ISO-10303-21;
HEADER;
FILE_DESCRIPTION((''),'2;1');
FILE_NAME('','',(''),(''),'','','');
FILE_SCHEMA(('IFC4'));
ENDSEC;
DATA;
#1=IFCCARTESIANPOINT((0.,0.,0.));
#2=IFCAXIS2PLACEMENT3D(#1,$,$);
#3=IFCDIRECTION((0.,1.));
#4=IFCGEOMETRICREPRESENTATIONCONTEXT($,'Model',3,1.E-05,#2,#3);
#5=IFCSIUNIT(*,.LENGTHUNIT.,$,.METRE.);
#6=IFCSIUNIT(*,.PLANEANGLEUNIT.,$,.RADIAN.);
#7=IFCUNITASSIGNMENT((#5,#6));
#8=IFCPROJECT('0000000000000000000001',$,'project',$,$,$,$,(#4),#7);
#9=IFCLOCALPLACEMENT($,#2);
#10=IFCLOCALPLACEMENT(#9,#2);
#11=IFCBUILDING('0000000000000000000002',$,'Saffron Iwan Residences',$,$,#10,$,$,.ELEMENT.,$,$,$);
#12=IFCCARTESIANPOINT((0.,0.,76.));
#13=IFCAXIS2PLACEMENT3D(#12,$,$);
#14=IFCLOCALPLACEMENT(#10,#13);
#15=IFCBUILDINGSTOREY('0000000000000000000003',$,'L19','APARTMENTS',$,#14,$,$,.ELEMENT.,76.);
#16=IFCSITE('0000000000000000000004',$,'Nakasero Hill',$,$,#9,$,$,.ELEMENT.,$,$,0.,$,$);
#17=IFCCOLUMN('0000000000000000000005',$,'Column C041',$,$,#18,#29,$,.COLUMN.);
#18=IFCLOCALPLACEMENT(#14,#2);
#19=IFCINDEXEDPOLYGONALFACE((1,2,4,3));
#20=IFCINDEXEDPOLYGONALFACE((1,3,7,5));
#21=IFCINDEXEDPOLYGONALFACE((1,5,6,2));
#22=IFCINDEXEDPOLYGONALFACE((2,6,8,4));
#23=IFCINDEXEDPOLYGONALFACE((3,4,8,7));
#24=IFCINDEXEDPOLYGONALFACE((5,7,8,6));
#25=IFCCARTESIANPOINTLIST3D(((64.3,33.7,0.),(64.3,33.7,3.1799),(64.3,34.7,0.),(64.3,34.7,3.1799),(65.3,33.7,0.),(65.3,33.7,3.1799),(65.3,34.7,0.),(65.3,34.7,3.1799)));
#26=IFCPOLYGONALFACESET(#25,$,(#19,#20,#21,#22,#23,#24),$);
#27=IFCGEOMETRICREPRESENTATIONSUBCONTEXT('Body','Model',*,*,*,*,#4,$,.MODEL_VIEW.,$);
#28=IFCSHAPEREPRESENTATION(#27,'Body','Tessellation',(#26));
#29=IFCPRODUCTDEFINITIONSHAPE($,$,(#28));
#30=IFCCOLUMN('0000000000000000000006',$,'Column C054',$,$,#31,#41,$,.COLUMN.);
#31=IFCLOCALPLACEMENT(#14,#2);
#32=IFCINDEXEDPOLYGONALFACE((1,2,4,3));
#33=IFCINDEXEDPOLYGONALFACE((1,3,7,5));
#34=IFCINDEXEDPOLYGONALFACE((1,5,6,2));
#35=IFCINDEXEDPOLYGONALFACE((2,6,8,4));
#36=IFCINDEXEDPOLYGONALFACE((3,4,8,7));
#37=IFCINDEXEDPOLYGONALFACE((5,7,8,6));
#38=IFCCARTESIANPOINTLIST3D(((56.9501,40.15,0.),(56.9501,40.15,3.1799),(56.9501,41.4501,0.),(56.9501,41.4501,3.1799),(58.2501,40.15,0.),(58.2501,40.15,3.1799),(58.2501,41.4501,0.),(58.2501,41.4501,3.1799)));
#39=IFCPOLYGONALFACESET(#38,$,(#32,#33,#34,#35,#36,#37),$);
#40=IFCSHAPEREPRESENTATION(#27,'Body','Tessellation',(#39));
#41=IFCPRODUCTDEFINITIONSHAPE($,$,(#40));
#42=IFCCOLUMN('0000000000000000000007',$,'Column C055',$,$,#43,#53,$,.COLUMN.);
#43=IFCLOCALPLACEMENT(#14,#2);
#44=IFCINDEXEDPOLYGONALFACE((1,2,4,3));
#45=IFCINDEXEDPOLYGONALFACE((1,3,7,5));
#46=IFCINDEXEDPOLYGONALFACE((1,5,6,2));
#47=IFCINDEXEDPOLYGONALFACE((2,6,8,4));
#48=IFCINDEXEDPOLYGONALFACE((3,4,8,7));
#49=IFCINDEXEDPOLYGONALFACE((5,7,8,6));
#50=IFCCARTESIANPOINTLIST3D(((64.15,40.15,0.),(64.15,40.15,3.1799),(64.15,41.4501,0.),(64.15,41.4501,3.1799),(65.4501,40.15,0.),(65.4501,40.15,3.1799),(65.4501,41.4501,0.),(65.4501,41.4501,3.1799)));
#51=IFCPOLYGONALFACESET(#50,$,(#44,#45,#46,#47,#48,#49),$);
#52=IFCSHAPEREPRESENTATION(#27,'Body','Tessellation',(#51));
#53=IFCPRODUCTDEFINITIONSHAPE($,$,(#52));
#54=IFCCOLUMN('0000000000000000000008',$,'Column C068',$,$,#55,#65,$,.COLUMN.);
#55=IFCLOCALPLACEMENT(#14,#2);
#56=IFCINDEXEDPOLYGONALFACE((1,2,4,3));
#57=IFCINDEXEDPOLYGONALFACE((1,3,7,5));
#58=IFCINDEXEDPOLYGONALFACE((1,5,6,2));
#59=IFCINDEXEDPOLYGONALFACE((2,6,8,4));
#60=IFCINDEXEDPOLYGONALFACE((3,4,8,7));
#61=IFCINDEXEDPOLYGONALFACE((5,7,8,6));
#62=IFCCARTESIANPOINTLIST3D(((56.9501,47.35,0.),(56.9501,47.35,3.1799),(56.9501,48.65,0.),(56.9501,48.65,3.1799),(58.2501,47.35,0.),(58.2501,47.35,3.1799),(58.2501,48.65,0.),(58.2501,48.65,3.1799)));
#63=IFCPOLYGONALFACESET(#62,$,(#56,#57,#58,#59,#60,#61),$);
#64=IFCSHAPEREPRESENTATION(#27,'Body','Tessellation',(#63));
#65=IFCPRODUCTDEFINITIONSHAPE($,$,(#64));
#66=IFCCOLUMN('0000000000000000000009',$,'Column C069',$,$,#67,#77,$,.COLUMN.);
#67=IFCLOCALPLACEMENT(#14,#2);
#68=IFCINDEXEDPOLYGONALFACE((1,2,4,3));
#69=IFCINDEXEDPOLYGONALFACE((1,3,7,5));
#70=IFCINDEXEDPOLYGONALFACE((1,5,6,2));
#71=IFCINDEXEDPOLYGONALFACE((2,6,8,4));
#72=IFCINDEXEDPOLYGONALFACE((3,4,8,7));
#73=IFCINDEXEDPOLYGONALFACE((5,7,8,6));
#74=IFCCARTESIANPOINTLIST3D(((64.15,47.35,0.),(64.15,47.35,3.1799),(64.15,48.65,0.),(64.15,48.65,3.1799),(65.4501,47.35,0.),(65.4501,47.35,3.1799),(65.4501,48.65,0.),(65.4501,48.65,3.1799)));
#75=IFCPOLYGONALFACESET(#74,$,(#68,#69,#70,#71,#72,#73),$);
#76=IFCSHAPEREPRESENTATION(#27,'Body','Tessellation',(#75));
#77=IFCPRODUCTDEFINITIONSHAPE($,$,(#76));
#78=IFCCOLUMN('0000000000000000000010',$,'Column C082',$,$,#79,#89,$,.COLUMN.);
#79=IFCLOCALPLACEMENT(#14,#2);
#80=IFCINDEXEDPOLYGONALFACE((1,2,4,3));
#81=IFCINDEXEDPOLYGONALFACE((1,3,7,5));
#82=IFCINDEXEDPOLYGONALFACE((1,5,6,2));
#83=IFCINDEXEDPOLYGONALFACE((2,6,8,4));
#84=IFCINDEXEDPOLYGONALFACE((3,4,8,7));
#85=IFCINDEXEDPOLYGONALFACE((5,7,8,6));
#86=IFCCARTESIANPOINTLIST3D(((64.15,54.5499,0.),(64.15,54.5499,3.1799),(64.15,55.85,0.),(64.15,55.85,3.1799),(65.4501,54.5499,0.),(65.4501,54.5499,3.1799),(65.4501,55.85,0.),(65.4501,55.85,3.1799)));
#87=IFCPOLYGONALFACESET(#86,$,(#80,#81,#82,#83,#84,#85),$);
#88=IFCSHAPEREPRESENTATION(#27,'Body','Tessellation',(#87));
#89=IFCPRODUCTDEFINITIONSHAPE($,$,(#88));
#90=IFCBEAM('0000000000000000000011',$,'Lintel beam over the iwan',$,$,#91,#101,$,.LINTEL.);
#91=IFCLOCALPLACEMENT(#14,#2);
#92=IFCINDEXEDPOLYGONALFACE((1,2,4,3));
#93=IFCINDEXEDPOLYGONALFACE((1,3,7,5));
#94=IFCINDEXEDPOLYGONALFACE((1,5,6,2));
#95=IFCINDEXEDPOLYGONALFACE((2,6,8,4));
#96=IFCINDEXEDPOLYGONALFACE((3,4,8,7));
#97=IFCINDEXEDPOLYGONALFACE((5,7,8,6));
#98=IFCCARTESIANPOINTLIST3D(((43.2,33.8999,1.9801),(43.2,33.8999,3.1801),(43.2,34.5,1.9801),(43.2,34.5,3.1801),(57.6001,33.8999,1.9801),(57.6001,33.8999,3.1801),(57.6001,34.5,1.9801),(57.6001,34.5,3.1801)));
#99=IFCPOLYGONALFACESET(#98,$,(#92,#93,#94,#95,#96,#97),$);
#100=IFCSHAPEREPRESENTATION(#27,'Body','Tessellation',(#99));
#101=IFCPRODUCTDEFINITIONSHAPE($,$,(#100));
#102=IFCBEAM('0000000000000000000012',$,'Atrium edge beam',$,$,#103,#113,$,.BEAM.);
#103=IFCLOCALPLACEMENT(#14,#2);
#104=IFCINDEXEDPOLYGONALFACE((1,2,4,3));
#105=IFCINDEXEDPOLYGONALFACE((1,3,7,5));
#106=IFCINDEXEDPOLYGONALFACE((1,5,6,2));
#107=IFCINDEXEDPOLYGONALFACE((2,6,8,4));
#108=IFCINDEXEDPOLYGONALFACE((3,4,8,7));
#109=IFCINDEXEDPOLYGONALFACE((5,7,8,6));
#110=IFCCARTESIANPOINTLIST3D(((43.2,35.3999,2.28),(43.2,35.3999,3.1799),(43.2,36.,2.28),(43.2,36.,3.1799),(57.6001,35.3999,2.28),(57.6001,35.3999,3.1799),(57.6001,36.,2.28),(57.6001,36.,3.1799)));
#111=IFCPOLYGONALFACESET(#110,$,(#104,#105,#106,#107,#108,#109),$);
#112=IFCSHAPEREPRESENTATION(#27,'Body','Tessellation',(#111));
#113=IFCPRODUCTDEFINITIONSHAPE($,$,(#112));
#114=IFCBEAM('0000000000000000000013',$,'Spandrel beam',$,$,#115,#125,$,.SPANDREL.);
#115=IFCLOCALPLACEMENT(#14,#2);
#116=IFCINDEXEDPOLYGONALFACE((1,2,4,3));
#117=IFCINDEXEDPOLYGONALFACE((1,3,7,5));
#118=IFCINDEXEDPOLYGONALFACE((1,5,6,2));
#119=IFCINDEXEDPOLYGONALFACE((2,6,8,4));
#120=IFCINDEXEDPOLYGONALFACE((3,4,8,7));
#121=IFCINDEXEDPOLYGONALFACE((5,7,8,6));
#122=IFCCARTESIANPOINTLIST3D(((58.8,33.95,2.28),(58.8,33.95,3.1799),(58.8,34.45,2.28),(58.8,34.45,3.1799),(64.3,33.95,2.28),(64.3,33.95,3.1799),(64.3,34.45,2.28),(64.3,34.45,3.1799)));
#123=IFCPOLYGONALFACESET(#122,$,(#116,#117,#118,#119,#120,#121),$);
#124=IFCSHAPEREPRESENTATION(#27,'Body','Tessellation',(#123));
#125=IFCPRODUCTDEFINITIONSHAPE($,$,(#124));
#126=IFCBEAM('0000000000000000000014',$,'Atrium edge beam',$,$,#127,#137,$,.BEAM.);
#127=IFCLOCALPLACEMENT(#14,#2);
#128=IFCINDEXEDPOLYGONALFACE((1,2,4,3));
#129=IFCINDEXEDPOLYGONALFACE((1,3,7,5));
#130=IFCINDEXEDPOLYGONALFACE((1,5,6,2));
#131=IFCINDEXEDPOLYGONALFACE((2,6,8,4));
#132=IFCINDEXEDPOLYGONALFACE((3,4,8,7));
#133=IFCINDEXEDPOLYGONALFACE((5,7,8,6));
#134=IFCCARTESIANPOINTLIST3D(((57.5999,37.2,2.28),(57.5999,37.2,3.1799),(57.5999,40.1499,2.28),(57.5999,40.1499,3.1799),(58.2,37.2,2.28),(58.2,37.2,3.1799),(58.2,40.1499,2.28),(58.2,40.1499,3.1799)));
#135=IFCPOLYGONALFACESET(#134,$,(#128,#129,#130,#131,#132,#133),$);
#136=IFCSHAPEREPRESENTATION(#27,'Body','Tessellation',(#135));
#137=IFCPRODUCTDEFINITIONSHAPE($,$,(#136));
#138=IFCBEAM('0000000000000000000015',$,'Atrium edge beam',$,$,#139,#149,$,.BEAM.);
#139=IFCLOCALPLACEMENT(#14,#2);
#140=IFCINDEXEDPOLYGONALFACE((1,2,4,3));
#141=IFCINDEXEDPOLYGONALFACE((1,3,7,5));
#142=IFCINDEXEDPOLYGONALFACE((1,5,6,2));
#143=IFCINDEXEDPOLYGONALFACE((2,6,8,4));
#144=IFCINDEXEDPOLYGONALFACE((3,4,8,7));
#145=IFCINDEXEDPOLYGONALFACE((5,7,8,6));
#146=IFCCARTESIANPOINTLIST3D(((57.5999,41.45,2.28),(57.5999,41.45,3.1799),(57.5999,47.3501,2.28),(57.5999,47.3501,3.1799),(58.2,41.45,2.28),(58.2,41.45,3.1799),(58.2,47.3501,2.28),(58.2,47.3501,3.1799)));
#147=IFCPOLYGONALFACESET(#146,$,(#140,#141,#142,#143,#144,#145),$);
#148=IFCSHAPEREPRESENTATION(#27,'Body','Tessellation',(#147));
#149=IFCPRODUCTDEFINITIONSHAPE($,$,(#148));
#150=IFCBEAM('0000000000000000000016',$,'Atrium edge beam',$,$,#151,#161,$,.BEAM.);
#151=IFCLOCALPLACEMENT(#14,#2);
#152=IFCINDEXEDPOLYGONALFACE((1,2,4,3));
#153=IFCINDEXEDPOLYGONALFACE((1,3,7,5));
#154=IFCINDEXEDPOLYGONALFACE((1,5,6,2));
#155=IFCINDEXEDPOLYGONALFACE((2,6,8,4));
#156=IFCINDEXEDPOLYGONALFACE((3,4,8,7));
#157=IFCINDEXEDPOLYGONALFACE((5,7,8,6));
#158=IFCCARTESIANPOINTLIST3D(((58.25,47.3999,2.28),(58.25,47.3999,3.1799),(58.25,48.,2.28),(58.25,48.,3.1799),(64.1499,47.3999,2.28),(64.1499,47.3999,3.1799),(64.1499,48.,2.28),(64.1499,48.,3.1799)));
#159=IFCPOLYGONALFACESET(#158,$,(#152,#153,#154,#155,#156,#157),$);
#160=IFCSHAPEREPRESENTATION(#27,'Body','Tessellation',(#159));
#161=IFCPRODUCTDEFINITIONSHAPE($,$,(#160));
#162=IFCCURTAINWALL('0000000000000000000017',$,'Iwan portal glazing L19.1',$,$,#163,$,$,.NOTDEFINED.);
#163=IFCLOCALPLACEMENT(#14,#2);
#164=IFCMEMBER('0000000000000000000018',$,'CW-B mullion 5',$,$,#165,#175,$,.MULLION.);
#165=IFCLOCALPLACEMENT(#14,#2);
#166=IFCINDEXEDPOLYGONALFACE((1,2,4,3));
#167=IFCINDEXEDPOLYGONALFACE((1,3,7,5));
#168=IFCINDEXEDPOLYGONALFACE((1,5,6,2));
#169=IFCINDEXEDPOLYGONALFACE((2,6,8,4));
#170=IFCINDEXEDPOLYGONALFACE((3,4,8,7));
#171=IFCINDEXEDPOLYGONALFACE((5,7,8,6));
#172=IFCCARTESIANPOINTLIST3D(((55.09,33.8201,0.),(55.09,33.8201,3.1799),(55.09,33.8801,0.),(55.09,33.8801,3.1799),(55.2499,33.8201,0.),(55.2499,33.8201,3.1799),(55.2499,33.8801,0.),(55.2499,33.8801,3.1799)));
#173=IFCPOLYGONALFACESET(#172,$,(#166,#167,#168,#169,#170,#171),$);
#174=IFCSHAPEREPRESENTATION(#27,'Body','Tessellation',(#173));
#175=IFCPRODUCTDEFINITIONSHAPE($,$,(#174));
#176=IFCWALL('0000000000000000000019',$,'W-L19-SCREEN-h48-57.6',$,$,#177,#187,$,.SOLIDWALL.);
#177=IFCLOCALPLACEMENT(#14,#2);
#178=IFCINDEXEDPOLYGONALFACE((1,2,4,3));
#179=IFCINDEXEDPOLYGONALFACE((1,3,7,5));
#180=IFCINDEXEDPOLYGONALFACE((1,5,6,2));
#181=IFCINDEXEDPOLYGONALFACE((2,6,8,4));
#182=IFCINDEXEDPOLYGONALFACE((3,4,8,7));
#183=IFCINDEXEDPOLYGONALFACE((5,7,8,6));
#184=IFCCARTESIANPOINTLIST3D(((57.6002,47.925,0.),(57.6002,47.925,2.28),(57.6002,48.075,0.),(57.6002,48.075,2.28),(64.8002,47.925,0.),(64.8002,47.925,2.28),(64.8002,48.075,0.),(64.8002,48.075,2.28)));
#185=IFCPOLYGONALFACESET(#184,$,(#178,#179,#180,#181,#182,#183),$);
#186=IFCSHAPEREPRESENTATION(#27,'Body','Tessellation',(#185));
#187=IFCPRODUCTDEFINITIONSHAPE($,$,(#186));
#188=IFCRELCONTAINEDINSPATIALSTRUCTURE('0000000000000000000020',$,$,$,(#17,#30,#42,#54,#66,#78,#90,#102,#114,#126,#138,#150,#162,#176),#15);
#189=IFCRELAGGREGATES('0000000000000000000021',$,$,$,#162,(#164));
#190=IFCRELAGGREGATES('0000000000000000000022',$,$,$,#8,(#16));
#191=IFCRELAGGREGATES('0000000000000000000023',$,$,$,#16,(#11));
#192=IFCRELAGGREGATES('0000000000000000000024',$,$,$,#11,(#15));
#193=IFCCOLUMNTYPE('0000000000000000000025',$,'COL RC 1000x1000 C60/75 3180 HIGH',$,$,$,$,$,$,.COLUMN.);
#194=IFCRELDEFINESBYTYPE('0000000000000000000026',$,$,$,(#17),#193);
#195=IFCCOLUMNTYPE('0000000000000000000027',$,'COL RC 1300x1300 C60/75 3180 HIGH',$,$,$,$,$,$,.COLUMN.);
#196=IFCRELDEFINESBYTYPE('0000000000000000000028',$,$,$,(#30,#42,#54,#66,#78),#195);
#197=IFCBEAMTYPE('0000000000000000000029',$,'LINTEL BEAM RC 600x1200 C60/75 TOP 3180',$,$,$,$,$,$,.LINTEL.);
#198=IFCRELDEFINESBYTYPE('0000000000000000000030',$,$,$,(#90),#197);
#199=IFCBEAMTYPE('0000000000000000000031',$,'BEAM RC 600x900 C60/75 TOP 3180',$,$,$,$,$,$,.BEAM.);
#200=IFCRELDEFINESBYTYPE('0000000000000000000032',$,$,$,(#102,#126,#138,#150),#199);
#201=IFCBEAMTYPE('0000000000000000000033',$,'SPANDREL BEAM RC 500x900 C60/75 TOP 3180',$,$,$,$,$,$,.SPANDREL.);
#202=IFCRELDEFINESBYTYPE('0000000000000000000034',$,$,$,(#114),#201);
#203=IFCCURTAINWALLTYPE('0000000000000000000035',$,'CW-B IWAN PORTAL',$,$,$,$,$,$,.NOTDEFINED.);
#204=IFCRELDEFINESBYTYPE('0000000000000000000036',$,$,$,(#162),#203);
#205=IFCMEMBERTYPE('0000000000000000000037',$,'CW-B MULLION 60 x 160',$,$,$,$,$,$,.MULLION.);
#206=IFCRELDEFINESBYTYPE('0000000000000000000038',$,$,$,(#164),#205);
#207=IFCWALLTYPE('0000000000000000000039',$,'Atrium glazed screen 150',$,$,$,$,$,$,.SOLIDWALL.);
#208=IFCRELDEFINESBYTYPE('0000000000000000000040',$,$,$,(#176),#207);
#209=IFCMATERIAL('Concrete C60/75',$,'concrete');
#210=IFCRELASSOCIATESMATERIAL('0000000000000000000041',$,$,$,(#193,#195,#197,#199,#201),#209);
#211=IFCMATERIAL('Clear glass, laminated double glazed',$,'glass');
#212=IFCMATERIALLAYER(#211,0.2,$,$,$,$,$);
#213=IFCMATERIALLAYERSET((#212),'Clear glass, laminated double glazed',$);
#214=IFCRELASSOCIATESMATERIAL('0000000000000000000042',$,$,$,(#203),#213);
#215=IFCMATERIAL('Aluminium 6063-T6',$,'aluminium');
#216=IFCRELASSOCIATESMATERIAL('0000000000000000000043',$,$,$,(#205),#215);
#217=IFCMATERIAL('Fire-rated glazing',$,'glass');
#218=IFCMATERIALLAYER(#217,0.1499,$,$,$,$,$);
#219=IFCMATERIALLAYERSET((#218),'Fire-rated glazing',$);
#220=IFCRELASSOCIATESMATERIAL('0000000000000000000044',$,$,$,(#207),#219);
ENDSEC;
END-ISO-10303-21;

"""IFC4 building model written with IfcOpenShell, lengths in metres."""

from ifc_helpers import new_model, si_unit, direction, frame, frame_2d, origin, origin_2d, place, context, subcontext, project, spatial, rectangle, extrude, source, transform, mapped, material, layer, layer_set, material_profile, profile_set, type_object, element, aggregate, save


model = new_model("IFC4")

# Units and contexts
model_context = context("Model", 3, precision=1e-05, world=origin(), true_north=direction((0.0, 1.0)))
body_context = subcontext(model_context, "Body", "Model", "MODEL_VIEW")
ifc_project = project(units=[si_unit("LENGTHUNIT", "METRE"), si_unit("PLANEANGLEUNIT", "RADIAN")], contexts=[model_context])

# Site, building, storey
site_placement = place(None, origin())
site = spatial("IfcSite", under=ifc_project, at=site_placement, Name="Nakasero Hill", CompositionType="ELEMENT", RefElevation=0.0)
building_placement = place(site_placement, origin())
building = spatial("IfcBuilding", under=site, at=building_placement, Name="Saffron Iwan Residences", CompositionType="ELEMENT")
storey_placement = place(building_placement, frame((0.0, 0.0, 76.0)))
storey = spatial("IfcBuildingStorey", under=building, at=storey_placement, Name="L19", Description="APARTMENTS", CompositionType="ELEMENT", Elevation=76.0)

# Columns
ifc_material_1 = material(Name="Concrete C60/75", Category="concrete")
ifc_material_profile_1 = material_profile(ifc_material_1, rectangle(XDim=1.0, YDim=1.0, at=origin_2d()), Name="RC 1000x1000")
ifc_profile_set_1 = profile_set([ifc_material_profile_1], Name="Concrete C60/75")
column_type_1 = type_object("IfcColumnType", Name="COL RC 1000x1000 C60/75 3180 HIGH", PredefinedType="COLUMN", material=ifc_profile_set_1)
shared_shape_1 = source(origin(), body_context, "Body", "SweptSolid", [
    extrude(rectangle(XDim=1.0, YDim=1.0, at=origin_2d()), origin(), (0.0, 0.0, 1.0), 3.1799),
])
column_placement = place(storey_placement, frame((64.8, 34.2, 0.0), z_axis=(0.0, 0.0, 1.0), x_axis=(1.0, 0.0, 0.0)))
element("IfcColumn", 1, at=column_placement, inside=storey, type_object=column_type_1, Name="Column C041", PredefinedType="COLUMN", context=body_context, shape_type="MappedRepresentation", body=[
    mapped(shared_shape_1, transform((0.0, 0.0, 0.0))),
])
ifc_material_profile_2 = material_profile(ifc_material_1, rectangle(XDim=1.3, YDim=1.3, at=origin_2d()), Name="RC 1300x1300")
ifc_profile_set_2 = profile_set([ifc_material_profile_2], Name="Concrete C60/75")
column_type_2 = type_object("IfcColumnType", Name="COL RC 1300x1300 C60/75 3180 HIGH", PredefinedType="COLUMN", material=ifc_profile_set_2)
shared_shape_2 = source(origin(), body_context, "Body", "SweptSolid", [
    extrude(rectangle(XDim=1.3, YDim=1.3, at=origin_2d()), origin(), (0.0, 0.0, 1.0), 3.1799),
])
for number, where, z_axis, x_axis, name in (
    (2, (57.6001, 40.8, 0.0), (0.0, 0.0, 1.0), (1.0, 0.0, 0.0), "Column C054"),
    (3, (64.8, 40.8, 0.0), (0.0, 0.0, 1.0), (1.0, 0.0, 0.0), "Column C055"),
    (4, (57.6001, 48.0, 0.0), (0.0, 0.0, 1.0), (1.0, 0.0, 0.0), "Column C068"),
    (5, (64.8, 48.0, 0.0), (0.0, 0.0, 1.0), (1.0, 0.0, 0.0), "Column C069"),
    (6, (64.8, 55.2, 0.0), (0.0, 0.0, 1.0), (1.0, 0.0, 0.0), "Column C082"),
):
    element("IfcColumn", number, at=place(storey_placement, frame(where, z_axis=z_axis, x_axis=x_axis)), inside=storey, type_object=column_type_2, Name=name, PredefinedType="COLUMN", context=body_context, shape_type="MappedRepresentation", body=[
        mapped(shared_shape_2, transform((0.0, 0.0, 0.0))),
    ])

# Beams
ifc_material_profile_3 = material_profile(ifc_material_1, rectangle(XDim=0.6001, YDim=1.2, at=origin_2d()), Name="RC 600x1200")
ifc_profile_set_3 = profile_set([ifc_material_profile_3], Name="Concrete C60/75")
beam_type_1 = type_object("IfcBeamType", Name="LINTEL BEAM RC 600x1200 C60/75 TOP 3180", PredefinedType="LINTEL", material=ifc_profile_set_3)
shared_shape_3 = source(origin(), body_context, "Body", "SweptSolid", [
    extrude(rectangle(XDim=0.6001, YDim=1.2, at=origin_2d()), origin(), (0.0, 0.0, 1.0), 14.4001),
])
beam_1_placement = place(storey_placement, frame((57.6001, 34.2, 2.5801), z_axis=(-1.0, 0.0, 0.0), x_axis=(0.0, -1.0, 0.0)))
element("IfcBeam", 7, at=beam_1_placement, inside=storey, type_object=beam_type_1, Name="Lintel beam over the iwan", PredefinedType="LINTEL", context=body_context, shape_type="MappedRepresentation", body=[
    mapped(shared_shape_3, transform((0.0, 0.0, 0.0))),
])
ifc_material_profile_4 = material_profile(ifc_material_1, rectangle(XDim=0.6001, YDim=0.8999, at=origin_2d()), Name="RC 600x900")
ifc_profile_set_4 = profile_set([ifc_material_profile_4], Name="Concrete C60/75")
beam_type_2 = type_object("IfcBeamType", Name="BEAM RC 600x900 C60/75 TOP 3180", PredefinedType="BEAM", material=ifc_profile_set_4)
shared_shape_4 = source(origin(), body_context, "Body", "SweptSolid", [
    extrude(rectangle(XDim=0.6001, YDim=0.8999, at=origin_2d()), origin(), (0.0, 0.0, 1.0), 14.4001),
])
beam_2_placement = place(storey_placement, frame((57.6001, 35.7, 2.73), z_axis=(-1.0, 0.0, 0.0), x_axis=(0.0, -1.0, 0.0)))
element("IfcBeam", 8, at=beam_2_placement, inside=storey, type_object=beam_type_2, Name="Atrium edge beam", PredefinedType="BEAM", context=body_context, shape_type="MappedRepresentation", body=[
    mapped(shared_shape_4, transform((0.0, 0.0, 0.0))),
])
ifc_material_profile_5 = material_profile(ifc_material_1, rectangle(XDim=0.5, YDim=0.8999, at=origin_2d()), Name="RC 500x900")
ifc_profile_set_5 = profile_set([ifc_material_profile_5], Name="Concrete C60/75")
beam_type_3 = type_object("IfcBeamType", Name="SPANDREL BEAM RC 500x900 C60/75 TOP 3180", PredefinedType="SPANDREL", material=ifc_profile_set_5)
shared_shape_5 = source(origin(), body_context, "Body", "SweptSolid", [
    extrude(rectangle(XDim=0.5, YDim=0.8999, at=origin_2d()), origin(), (0.0, 0.0, 1.0), 5.5),
])
beam_3_placement = place(storey_placement, frame((64.3, 34.2, 2.73), z_axis=(-1.0, 0.0, 0.0), x_axis=(0.0, -1.0, 0.0)))
element("IfcBeam", 9, at=beam_3_placement, inside=storey, type_object=beam_type_3, Name="Spandrel beam", PredefinedType="SPANDREL", context=body_context, shape_type="MappedRepresentation", body=[
    mapped(shared_shape_5, transform((0.0, 0.0, 0.0))),
])
shared_shape_6 = source(origin(), body_context, "Body", "SweptSolid", [
    extrude(rectangle(XDim=0.6001, YDim=0.8999, at=origin_2d()), origin(), (0.0, 0.0, 1.0), 2.95),
])
beam_4_placement = place(storey_placement, frame((57.8999, 40.1499, 2.73), z_axis=(0.0, -1.0, 0.0), x_axis=(1.0, 0.0, 0.0)))
element("IfcBeam", 10, at=beam_4_placement, inside=storey, type_object=beam_type_2, Name="Atrium edge beam", PredefinedType="BEAM", context=body_context, shape_type="MappedRepresentation", body=[
    mapped(shared_shape_6, transform((0.0, 0.0, 0.0))),
])
shared_shape_7 = source(origin(), body_context, "Body", "SweptSolid", [
    extrude(rectangle(XDim=0.6001, YDim=0.8999, at=origin_2d()), origin(), (0.0, 0.0, 1.0), 5.9001),
])
beam_5_placement = place(storey_placement, frame((57.8999, 47.3501, 2.73), z_axis=(0.0, -1.0, 0.0), x_axis=(1.0, 0.0, 0.0)))
element("IfcBeam", 11, at=beam_5_placement, inside=storey, type_object=beam_type_2, Name="Atrium edge beam", PredefinedType="BEAM", context=body_context, shape_type="MappedRepresentation", body=[
    mapped(shared_shape_7, transform((0.0, 0.0, 0.0))),
])
shared_shape_8 = source(origin(), body_context, "Body", "SweptSolid", [
    extrude(rectangle(XDim=0.6001, YDim=0.8999, at=origin_2d()), origin(), (0.0, 0.0, 1.0), 5.8999),
])
beam_6_placement = place(storey_placement, frame((64.1499, 47.7, 2.73), z_axis=(-1.0, 0.0, 0.0), x_axis=(0.0, -1.0, 0.0)))
element("IfcBeam", 12, at=beam_6_placement, inside=storey, type_object=beam_type_2, Name="Atrium edge beam", PredefinedType="BEAM", context=body_context, shape_type="MappedRepresentation", body=[
    mapped(shared_shape_8, transform((0.0, 0.0, 0.0))),
])

# Curtain wall, member
ifc_material_2 = material(Name="Clear glass, laminated double glazed", Category="glass")
ifc_layer_1 = layer(ifc_material_2, 0.2)
ifc_layer_set_1 = layer_set([ifc_layer_1], Name="Clear glass, laminated double glazed")
curtain_wall_type = type_object("IfcCurtainWallType", Name="CW-B IWAN PORTAL", PredefinedType="NOTDEFINED", material=ifc_layer_set_1)
curtain_wall_placement = place(storey_placement, origin())
curtain_wall = element("IfcCurtainWall", 13, at=curtain_wall_placement, inside=storey, type_object=curtain_wall_type, Name="Iwan portal glazing L19.1", PredefinedType="NOTDEFINED")
ifc_material_3 = material(Name="Aluminium 6063-T6", Category="aluminium")
ifc_material_profile_6 = material_profile(ifc_material_3, rectangle(XDim=0.0601, YDim=0.1599, at=origin_2d()), Name="CW-B MULLION 60 x 160")
ifc_profile_set_6 = profile_set([ifc_material_profile_6], Name="Aluminium 6063-T6")
member_type = type_object("IfcMemberType", Name="CW-B MULLION 60 x 160", PredefinedType="MULLION", material=ifc_profile_set_6)
shared_shape_9 = source(origin(), body_context, "Body", "SweptSolid", [
    extrude(rectangle(XDim=0.0601, YDim=0.1599, at=origin_2d()), origin(), (0.0, 0.0, 1.0), 3.1799),
])
member_placement = place(storey_placement, frame((55.1699, 33.8501, 0.0), z_axis=(0.0, 0.0, 1.0), x_axis=(0.0, 1.0, 0.0)))
member = element("IfcMember", 14, at=member_placement, type_object=member_type, Name="CW-B mullion 5", PredefinedType="MULLION", context=body_context, shape_type="MappedRepresentation", body=[
    mapped(shared_shape_9, transform((0.0, 0.0, 0.0))),
])
aggregate(curtain_wall, [member])

# Wall
ifc_material_4 = material(Name="Fire-rated glazing", Category="glass")
ifc_layer_2 = layer(ifc_material_4, 0.1499)
ifc_layer_set_2 = layer_set([ifc_layer_2], Name="Fire-rated glazing")
wall_type_1 = type_object("IfcWallType", Name="Atrium glazed screen 150", PredefinedType="SOLIDWALL", material=ifc_layer_set_2)
wall_1_placement = place(storey_placement, frame((57.6001, 48.0, 0.0), z_axis=(0.0, 0.0, 1.0), x_axis=(1.0, 0.0, 0.0)))
element("IfcWall", 15, at=wall_1_placement, inside=storey, type_object=wall_type_1, Name="W-L19-SCREEN-h48-57.6", PredefinedType="SOLIDWALL", context=body_context, shape_type="SweptSolid", body=[
    extrude(rectangle(XDim=7.2, YDim=0.1499, at=frame_2d((3.6001, 0.0))), origin(), (0.0, 0.0, 1.0), 2.28),
])

save(model, "model.ifc")
